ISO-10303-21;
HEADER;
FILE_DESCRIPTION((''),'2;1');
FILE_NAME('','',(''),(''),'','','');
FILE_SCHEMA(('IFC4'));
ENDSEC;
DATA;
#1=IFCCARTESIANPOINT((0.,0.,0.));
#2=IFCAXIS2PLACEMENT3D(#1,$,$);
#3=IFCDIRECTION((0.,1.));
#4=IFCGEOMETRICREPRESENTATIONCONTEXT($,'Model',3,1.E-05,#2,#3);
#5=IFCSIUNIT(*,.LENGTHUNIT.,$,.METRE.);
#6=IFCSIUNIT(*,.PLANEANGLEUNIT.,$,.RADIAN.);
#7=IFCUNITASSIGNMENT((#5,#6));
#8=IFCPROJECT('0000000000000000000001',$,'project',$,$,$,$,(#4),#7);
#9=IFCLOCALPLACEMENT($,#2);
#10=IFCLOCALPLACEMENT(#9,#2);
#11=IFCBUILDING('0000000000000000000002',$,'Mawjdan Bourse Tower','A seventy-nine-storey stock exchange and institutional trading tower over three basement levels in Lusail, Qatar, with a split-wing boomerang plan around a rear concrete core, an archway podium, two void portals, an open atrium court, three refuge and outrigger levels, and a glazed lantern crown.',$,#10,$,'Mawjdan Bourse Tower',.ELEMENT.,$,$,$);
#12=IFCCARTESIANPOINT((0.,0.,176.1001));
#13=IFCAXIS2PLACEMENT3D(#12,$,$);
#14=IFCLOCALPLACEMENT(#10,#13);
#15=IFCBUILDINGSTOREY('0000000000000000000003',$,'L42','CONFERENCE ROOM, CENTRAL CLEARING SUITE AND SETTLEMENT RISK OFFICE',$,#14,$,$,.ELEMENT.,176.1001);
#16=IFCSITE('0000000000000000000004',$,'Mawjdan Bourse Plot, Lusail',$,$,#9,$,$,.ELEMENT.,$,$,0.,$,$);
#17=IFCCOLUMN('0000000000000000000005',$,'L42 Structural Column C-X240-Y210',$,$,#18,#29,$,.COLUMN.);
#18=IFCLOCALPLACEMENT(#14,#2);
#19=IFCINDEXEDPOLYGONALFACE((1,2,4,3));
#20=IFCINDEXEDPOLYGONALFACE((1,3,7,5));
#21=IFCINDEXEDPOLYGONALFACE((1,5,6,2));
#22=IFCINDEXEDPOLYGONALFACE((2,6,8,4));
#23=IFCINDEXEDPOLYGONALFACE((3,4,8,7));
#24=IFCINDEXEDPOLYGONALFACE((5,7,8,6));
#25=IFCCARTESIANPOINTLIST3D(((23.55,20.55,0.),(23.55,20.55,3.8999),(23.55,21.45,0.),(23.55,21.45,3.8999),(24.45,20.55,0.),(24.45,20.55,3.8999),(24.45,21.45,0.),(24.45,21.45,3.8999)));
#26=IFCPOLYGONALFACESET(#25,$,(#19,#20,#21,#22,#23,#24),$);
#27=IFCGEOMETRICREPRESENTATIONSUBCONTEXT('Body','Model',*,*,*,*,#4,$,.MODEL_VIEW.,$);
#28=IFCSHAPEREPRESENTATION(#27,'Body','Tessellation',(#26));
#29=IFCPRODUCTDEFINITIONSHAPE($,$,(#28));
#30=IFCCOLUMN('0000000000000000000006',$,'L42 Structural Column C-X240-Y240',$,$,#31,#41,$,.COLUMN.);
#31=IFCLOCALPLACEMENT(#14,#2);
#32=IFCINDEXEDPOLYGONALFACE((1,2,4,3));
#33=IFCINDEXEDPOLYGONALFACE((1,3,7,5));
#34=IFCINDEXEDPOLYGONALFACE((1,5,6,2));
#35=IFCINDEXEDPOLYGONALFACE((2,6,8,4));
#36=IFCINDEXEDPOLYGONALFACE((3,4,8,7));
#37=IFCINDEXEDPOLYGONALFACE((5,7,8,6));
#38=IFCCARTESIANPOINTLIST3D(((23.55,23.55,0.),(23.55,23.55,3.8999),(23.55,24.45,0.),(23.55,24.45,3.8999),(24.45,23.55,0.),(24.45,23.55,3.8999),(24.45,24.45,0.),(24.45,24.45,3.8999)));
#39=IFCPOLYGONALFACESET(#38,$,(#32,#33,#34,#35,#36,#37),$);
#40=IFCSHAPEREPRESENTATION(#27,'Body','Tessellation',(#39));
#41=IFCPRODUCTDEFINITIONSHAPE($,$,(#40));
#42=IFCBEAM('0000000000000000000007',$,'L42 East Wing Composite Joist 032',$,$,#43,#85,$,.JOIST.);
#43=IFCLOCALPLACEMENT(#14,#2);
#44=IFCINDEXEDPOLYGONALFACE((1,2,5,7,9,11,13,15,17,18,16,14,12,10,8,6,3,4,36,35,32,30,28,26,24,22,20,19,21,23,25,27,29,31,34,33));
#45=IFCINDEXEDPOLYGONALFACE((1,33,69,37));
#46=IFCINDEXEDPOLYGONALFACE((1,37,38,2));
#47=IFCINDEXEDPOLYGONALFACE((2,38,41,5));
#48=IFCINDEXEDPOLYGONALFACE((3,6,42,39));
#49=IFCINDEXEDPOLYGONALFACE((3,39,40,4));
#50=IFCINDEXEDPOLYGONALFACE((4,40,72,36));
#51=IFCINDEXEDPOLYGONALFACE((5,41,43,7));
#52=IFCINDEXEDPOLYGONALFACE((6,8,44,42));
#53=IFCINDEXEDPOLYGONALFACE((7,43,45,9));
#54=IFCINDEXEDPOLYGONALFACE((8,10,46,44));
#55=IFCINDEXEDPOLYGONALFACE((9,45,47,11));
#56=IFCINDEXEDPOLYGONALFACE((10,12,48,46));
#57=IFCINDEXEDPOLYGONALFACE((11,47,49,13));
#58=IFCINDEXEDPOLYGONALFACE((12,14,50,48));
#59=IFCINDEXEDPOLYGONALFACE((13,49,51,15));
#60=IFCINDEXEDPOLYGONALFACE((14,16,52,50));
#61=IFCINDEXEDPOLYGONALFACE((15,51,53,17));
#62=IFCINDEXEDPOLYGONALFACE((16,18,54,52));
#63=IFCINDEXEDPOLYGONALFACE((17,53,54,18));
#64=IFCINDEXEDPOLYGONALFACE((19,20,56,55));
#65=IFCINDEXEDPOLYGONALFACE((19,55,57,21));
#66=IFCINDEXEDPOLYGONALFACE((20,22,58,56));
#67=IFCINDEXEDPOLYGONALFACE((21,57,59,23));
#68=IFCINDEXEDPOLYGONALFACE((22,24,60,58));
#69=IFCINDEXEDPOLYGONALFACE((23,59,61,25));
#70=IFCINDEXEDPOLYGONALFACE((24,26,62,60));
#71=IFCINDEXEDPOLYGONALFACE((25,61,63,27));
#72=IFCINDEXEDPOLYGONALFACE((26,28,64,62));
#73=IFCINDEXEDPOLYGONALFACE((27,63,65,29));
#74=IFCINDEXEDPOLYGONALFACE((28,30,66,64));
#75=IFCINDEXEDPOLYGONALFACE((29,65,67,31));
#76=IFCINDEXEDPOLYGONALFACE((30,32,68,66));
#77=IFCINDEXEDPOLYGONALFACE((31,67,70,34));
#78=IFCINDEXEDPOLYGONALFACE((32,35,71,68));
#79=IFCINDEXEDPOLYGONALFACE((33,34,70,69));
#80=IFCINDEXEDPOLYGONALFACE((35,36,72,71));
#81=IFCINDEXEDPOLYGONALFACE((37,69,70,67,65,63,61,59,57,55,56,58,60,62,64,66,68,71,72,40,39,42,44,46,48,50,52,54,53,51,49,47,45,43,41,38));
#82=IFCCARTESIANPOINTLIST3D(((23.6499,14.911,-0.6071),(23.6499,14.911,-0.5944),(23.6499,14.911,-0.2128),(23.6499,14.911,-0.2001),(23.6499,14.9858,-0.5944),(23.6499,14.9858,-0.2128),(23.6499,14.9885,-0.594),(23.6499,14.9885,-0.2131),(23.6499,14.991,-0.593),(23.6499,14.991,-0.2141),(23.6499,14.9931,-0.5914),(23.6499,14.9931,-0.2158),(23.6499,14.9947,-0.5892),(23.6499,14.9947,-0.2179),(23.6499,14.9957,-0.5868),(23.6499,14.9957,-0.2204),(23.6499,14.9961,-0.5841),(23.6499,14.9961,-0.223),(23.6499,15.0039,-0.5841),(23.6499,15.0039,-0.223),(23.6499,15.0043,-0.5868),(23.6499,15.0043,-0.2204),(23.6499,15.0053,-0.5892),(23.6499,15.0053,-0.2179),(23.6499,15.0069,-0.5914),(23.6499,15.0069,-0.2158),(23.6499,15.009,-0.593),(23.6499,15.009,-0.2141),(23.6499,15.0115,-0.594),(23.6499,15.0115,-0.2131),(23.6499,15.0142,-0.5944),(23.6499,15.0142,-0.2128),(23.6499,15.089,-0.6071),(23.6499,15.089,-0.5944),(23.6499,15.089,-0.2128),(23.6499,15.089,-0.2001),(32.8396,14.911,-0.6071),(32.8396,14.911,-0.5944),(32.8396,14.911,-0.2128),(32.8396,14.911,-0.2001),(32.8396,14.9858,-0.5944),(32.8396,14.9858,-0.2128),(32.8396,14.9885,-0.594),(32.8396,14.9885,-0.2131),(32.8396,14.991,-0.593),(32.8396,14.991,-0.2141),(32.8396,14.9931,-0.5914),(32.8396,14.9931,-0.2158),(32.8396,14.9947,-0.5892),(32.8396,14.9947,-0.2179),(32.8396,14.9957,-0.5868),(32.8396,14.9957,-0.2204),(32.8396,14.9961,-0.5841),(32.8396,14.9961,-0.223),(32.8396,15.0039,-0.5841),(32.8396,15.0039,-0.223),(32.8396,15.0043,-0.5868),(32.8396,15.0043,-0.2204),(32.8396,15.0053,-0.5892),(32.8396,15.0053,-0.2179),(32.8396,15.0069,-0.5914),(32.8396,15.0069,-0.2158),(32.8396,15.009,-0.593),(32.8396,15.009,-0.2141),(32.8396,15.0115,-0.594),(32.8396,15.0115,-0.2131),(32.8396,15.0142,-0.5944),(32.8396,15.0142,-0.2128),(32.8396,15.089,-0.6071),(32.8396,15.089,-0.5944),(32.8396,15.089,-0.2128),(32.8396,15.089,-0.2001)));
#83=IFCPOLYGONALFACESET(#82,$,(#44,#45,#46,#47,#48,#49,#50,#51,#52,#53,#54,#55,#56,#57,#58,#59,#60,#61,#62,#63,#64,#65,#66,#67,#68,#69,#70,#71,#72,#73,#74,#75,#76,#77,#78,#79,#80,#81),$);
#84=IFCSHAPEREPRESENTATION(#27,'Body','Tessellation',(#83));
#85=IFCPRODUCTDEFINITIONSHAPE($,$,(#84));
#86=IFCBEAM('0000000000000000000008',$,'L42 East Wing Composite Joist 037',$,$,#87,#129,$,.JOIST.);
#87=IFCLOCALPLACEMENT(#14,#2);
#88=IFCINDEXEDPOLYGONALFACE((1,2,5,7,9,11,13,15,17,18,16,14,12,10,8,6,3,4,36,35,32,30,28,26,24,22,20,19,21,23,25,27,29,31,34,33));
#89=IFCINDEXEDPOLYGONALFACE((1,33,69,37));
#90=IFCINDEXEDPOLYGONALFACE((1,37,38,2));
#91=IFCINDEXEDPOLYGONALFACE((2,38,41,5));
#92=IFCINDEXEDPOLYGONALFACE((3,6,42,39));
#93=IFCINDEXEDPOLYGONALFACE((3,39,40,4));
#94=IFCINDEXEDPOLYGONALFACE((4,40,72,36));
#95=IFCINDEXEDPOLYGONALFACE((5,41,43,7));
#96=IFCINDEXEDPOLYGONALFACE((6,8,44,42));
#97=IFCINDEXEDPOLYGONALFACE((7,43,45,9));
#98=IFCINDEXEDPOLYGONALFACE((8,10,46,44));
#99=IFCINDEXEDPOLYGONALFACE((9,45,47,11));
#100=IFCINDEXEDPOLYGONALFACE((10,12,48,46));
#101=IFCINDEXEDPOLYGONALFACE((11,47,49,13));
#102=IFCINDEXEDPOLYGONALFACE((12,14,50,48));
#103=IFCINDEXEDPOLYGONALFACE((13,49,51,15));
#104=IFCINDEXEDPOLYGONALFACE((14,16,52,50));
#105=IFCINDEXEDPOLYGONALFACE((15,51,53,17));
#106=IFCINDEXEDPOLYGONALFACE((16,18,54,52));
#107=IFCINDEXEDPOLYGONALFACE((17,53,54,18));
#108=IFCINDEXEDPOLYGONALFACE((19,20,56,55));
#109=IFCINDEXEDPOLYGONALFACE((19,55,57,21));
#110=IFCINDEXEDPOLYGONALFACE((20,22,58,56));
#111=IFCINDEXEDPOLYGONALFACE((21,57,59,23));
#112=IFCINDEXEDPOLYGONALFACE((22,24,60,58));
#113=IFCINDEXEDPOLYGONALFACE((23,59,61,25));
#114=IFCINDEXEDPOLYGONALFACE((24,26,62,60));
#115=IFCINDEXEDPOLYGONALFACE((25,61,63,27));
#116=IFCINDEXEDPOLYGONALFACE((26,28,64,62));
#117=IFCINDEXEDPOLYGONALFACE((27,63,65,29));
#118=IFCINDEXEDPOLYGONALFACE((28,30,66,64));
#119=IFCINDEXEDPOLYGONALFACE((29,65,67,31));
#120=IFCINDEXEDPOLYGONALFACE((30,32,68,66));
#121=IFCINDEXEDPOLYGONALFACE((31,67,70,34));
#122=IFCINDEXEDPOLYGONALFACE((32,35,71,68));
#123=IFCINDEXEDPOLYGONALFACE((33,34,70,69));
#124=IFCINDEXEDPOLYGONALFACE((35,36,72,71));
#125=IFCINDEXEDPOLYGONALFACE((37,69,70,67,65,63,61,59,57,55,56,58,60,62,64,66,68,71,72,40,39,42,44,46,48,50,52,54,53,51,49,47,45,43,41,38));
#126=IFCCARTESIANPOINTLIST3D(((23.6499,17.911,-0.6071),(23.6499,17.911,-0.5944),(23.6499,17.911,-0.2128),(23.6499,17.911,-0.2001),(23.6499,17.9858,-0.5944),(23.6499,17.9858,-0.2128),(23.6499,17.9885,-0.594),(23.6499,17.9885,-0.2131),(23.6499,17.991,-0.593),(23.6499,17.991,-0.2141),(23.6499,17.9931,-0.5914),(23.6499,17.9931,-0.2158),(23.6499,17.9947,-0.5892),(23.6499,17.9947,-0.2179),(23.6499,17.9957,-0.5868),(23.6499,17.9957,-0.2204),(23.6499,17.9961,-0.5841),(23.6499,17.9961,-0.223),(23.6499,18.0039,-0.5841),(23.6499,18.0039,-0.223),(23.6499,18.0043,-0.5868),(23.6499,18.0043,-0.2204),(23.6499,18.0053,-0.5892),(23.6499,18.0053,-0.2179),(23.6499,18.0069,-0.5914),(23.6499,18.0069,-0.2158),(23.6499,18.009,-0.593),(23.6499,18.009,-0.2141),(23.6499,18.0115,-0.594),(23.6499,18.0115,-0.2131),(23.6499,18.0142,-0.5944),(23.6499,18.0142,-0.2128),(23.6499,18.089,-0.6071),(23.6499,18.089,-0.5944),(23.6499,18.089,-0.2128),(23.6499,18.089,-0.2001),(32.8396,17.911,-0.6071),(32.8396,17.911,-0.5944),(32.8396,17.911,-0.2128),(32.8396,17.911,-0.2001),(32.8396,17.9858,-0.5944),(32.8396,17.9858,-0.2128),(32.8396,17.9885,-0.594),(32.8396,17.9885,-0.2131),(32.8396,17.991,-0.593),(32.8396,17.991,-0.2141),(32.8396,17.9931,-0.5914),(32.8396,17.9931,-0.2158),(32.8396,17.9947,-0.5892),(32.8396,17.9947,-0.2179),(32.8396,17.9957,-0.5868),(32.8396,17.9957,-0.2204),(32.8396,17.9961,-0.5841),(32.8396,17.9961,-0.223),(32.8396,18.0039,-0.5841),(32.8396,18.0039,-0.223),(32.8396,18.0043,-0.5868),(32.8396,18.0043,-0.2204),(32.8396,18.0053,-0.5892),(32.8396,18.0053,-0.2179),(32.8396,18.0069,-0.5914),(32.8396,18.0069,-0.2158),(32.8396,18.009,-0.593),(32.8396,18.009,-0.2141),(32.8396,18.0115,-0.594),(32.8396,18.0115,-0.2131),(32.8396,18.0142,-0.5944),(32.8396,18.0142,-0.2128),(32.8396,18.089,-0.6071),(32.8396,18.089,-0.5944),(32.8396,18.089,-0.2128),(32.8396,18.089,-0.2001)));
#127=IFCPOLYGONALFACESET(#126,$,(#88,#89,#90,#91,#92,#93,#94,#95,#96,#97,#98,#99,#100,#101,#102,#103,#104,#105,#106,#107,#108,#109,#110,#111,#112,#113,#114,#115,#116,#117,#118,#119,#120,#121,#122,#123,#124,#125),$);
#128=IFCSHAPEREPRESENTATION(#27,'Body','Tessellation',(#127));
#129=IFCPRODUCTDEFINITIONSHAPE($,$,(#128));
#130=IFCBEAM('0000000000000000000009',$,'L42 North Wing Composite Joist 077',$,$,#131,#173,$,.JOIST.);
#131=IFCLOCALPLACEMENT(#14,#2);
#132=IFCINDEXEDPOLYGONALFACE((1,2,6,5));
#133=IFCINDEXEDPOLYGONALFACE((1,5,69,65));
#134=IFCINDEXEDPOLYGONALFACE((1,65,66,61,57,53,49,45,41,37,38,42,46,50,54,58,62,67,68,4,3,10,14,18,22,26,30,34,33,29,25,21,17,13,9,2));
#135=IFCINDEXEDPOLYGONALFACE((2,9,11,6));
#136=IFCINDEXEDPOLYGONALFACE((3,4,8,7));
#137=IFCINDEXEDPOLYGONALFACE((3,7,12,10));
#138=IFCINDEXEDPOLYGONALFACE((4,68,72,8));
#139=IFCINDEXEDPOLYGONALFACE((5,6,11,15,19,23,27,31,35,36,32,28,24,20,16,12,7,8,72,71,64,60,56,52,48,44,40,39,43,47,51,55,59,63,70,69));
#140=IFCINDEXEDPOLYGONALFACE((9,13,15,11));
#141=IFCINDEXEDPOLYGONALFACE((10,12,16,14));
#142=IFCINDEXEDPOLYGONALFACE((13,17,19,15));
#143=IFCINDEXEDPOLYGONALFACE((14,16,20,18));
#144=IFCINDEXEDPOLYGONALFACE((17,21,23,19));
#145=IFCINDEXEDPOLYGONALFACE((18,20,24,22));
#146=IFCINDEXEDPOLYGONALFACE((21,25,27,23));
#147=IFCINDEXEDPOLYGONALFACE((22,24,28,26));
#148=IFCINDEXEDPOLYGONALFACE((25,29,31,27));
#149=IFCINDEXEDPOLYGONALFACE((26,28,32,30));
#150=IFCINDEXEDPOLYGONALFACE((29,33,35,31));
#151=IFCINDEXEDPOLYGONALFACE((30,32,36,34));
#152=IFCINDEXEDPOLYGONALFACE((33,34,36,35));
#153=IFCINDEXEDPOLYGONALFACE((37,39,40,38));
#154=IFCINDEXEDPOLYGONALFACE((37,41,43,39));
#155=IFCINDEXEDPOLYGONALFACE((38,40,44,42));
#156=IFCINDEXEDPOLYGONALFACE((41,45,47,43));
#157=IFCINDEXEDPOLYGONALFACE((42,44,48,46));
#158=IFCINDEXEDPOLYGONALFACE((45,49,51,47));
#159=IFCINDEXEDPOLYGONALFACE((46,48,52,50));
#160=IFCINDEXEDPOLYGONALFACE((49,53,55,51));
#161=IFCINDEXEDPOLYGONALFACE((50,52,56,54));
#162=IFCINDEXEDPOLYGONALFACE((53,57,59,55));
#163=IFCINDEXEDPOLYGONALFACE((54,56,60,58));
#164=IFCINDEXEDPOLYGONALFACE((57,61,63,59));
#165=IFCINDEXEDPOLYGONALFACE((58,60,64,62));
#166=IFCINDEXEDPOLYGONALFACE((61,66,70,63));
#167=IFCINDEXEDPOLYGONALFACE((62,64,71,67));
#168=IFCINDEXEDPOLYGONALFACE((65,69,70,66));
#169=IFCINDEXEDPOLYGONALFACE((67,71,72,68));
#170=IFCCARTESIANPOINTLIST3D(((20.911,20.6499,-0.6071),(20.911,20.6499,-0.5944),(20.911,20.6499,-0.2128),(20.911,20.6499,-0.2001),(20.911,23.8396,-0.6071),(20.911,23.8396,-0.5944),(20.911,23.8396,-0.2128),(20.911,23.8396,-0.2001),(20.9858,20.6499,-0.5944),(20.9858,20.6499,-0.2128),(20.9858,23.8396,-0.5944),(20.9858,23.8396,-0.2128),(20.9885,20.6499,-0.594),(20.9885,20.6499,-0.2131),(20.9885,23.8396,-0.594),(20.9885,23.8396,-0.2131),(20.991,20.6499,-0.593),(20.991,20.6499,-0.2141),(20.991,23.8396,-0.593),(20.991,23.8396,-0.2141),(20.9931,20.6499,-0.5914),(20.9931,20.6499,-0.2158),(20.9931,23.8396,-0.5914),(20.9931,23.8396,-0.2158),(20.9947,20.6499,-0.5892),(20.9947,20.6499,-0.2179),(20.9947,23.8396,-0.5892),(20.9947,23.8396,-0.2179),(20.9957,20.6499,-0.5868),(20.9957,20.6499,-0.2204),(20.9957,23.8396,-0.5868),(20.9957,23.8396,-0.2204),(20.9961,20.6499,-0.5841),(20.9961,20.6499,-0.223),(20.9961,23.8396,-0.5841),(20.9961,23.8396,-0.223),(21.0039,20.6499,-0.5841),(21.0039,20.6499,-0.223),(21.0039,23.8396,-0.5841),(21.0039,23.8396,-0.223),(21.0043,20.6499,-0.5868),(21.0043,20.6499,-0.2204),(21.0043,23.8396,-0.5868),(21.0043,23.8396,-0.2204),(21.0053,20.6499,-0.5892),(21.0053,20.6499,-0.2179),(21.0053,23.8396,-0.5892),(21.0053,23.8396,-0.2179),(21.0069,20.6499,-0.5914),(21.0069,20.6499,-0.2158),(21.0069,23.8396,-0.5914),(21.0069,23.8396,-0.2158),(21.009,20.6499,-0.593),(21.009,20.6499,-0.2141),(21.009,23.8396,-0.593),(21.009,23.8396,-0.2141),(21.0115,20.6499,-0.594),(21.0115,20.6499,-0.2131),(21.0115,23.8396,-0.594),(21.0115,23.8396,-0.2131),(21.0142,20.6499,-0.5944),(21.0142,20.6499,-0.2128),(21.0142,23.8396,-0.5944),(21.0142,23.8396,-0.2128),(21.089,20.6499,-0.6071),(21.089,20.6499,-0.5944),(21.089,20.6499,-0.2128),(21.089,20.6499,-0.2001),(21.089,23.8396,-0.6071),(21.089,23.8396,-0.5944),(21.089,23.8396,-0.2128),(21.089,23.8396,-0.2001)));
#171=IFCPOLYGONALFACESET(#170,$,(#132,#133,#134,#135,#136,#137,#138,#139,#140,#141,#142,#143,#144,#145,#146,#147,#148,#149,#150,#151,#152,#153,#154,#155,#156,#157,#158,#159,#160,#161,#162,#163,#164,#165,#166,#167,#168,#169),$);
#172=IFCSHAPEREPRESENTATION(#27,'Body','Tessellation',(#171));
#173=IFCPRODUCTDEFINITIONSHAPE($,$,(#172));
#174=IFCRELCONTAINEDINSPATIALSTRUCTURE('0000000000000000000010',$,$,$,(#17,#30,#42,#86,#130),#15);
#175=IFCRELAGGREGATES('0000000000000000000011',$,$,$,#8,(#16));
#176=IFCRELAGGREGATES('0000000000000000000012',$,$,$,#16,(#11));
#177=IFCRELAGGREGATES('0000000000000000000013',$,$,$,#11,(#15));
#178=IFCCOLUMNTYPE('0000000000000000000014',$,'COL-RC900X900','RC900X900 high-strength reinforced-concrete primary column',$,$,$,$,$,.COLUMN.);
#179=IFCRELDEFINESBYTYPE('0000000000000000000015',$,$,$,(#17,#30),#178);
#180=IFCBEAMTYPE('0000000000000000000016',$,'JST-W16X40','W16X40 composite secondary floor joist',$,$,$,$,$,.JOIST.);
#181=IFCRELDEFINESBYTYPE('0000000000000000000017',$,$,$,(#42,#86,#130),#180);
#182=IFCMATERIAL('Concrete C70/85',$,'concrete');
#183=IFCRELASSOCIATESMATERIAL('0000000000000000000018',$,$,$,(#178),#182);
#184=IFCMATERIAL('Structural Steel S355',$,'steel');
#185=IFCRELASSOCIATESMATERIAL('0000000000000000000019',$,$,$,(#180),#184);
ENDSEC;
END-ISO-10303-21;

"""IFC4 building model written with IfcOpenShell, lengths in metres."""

from ifc_helpers import new_model, si_unit, direction, frame, origin, origin_2d, place, context, subcontext, project, spatial, rectangle, i_section, extrude, material, material_profile, profile_set, type_object, element, save


model = new_model("IFC4")

# Units and contexts
model_context = context("Model", 3, precision=1e-05, world=origin(), true_north=direction((0.0, 1.0)))
body_context = subcontext(model_context, "Body", "Model", "MODEL_VIEW")
ifc_project = project(units=[si_unit("LENGTHUNIT", "METRE"), si_unit("PLANEANGLEUNIT", "RADIAN")], contexts=[model_context])

# Site, building, storey
site_placement = place(None, origin())
site = spatial("IfcSite", under=ifc_project, at=site_placement, Name="Mawjdan Bourse Plot, Lusail", CompositionType="ELEMENT", RefElevation=0.0)
building_placement = place(site_placement, origin())
building = spatial("IfcBuilding", under=site, at=building_placement, Name="Mawjdan Bourse Tower", Description="A seventy-nine-storey stock exchange and institutional trading tower over three basement levels in Lusail, Qatar, with a split-wing boomerang plan around a rear concrete core, an archway podium, two void portals, an open atrium court, three refuge and outrigger levels, and a glazed lantern crown.", LongName="Mawjdan Bourse Tower", CompositionType="ELEMENT")
storey_placement = place(building_placement, frame((0.0, 0.0, 176.1001)))
storey = spatial("IfcBuildingStorey", under=building, at=storey_placement, Name="L42", Description="CONFERENCE ROOM, CENTRAL CLEARING SUITE AND SETTLEMENT RISK OFFICE", CompositionType="ELEMENT", Elevation=176.1001)

# Columns
ifc_material_1 = material(Name="Concrete C70/85", Category="concrete")
ifc_material_profile_1 = material_profile(ifc_material_1, rectangle(XDim=0.8999, YDim=0.8999, at=origin_2d()), Name="RC900X900")
ifc_profile_set_1 = profile_set([ifc_material_profile_1], Name="Concrete C70/85")
column_type = type_object("IfcColumnType", Name="COL-RC900X900", Description="RC900X900 high-strength reinforced-concrete primary column", PredefinedType="COLUMN", material=ifc_profile_set_1)
for number, where, z_axis, x_axis, name in (
    (1, (24.0, 21.0, 0.0), (0.0, 0.0, 1.0), (1.0, 0.0, 0.0), "L42 Structural Column C-X240-Y210"),
    (2, (24.0, 24.0, 0.0), (0.0, 0.0, 1.0), (1.0, 0.0, 0.0), "L42 Structural Column C-X240-Y240"),
):
    element("IfcColumn", number, at=place(storey_placement, frame(where, z_axis=z_axis, x_axis=x_axis)), inside=storey, type_object=column_type, Name=name, PredefinedType="COLUMN", context=body_context, shape_type="SweptSolid", body=[
        extrude(rectangle(XDim=0.8999, YDim=0.8999, at=origin_2d()), origin(), (0.0, 0.0, 1.0), 3.8999),
    ])

# Beams
ifc_material_2 = material(Name="Structural Steel S355", Category="steel")
ifc_material_profile_2 = material_profile(ifc_material_2, i_section(OverallWidth=0.178, OverallDepth=0.407, WebThickness=0.0078, FlangeThickness=0.0127, FilletRadius=0.0103, at=origin_2d()), Name="W16X40")
ifc_profile_set_2 = profile_set([ifc_material_profile_2], Name="Structural Steel S355")
beam_type_1 = type_object("IfcBeamType", Name="JST-W16X40", Description="W16X40 composite secondary floor joist", PredefinedType="JOIST", material=ifc_profile_set_2)
for number, where, z_axis, x_axis, name in (
    (3, (23.6499, 15.0, -0.4036), (1.0, 0.0, 0.0), (0.0, 1.0, 0.0), "L42 East Wing Composite Joist 032"),
    (4, (23.6499, 18.0, -0.4036), (1.0, 0.0, 0.0), (0.0, 1.0, 0.0), "L42 East Wing Composite Joist 037"),
):
    element("IfcBeam", number, at=place(storey_placement, frame(where, z_axis=z_axis, x_axis=x_axis)), inside=storey, type_object=beam_type_1, Name=name, PredefinedType="JOIST", context=body_context, shape_type="SweptSolid", body=[
        extrude(i_section(OverallWidth=0.178, OverallDepth=0.407, WebThickness=0.0078, FlangeThickness=0.0127, FilletRadius=0.0103, at=origin_2d()), origin(), (0.0, 0.0, 1.0), 9.1897),
    ])
beam_1_placement = place(storey_placement, frame((21.0, 20.6499, -0.4036), z_axis=(0.0, 1.0, 0.0), x_axis=(-1.0, 0.0, 0.0)))
element("IfcBeam", 5, at=beam_1_placement, inside=storey, type_object=beam_type_1, Name="L42 North Wing Composite Joist 077", PredefinedType="JOIST", context=body_context, shape_type="SweptSolid", body=[
    extrude(i_section(OverallWidth=0.178, OverallDepth=0.407, WebThickness=0.0078, FlangeThickness=0.0127, FilletRadius=0.0103, at=origin_2d()), origin(), (0.0, 0.0, 1.0), 3.1897),
])

save(model, "model.ifc")
